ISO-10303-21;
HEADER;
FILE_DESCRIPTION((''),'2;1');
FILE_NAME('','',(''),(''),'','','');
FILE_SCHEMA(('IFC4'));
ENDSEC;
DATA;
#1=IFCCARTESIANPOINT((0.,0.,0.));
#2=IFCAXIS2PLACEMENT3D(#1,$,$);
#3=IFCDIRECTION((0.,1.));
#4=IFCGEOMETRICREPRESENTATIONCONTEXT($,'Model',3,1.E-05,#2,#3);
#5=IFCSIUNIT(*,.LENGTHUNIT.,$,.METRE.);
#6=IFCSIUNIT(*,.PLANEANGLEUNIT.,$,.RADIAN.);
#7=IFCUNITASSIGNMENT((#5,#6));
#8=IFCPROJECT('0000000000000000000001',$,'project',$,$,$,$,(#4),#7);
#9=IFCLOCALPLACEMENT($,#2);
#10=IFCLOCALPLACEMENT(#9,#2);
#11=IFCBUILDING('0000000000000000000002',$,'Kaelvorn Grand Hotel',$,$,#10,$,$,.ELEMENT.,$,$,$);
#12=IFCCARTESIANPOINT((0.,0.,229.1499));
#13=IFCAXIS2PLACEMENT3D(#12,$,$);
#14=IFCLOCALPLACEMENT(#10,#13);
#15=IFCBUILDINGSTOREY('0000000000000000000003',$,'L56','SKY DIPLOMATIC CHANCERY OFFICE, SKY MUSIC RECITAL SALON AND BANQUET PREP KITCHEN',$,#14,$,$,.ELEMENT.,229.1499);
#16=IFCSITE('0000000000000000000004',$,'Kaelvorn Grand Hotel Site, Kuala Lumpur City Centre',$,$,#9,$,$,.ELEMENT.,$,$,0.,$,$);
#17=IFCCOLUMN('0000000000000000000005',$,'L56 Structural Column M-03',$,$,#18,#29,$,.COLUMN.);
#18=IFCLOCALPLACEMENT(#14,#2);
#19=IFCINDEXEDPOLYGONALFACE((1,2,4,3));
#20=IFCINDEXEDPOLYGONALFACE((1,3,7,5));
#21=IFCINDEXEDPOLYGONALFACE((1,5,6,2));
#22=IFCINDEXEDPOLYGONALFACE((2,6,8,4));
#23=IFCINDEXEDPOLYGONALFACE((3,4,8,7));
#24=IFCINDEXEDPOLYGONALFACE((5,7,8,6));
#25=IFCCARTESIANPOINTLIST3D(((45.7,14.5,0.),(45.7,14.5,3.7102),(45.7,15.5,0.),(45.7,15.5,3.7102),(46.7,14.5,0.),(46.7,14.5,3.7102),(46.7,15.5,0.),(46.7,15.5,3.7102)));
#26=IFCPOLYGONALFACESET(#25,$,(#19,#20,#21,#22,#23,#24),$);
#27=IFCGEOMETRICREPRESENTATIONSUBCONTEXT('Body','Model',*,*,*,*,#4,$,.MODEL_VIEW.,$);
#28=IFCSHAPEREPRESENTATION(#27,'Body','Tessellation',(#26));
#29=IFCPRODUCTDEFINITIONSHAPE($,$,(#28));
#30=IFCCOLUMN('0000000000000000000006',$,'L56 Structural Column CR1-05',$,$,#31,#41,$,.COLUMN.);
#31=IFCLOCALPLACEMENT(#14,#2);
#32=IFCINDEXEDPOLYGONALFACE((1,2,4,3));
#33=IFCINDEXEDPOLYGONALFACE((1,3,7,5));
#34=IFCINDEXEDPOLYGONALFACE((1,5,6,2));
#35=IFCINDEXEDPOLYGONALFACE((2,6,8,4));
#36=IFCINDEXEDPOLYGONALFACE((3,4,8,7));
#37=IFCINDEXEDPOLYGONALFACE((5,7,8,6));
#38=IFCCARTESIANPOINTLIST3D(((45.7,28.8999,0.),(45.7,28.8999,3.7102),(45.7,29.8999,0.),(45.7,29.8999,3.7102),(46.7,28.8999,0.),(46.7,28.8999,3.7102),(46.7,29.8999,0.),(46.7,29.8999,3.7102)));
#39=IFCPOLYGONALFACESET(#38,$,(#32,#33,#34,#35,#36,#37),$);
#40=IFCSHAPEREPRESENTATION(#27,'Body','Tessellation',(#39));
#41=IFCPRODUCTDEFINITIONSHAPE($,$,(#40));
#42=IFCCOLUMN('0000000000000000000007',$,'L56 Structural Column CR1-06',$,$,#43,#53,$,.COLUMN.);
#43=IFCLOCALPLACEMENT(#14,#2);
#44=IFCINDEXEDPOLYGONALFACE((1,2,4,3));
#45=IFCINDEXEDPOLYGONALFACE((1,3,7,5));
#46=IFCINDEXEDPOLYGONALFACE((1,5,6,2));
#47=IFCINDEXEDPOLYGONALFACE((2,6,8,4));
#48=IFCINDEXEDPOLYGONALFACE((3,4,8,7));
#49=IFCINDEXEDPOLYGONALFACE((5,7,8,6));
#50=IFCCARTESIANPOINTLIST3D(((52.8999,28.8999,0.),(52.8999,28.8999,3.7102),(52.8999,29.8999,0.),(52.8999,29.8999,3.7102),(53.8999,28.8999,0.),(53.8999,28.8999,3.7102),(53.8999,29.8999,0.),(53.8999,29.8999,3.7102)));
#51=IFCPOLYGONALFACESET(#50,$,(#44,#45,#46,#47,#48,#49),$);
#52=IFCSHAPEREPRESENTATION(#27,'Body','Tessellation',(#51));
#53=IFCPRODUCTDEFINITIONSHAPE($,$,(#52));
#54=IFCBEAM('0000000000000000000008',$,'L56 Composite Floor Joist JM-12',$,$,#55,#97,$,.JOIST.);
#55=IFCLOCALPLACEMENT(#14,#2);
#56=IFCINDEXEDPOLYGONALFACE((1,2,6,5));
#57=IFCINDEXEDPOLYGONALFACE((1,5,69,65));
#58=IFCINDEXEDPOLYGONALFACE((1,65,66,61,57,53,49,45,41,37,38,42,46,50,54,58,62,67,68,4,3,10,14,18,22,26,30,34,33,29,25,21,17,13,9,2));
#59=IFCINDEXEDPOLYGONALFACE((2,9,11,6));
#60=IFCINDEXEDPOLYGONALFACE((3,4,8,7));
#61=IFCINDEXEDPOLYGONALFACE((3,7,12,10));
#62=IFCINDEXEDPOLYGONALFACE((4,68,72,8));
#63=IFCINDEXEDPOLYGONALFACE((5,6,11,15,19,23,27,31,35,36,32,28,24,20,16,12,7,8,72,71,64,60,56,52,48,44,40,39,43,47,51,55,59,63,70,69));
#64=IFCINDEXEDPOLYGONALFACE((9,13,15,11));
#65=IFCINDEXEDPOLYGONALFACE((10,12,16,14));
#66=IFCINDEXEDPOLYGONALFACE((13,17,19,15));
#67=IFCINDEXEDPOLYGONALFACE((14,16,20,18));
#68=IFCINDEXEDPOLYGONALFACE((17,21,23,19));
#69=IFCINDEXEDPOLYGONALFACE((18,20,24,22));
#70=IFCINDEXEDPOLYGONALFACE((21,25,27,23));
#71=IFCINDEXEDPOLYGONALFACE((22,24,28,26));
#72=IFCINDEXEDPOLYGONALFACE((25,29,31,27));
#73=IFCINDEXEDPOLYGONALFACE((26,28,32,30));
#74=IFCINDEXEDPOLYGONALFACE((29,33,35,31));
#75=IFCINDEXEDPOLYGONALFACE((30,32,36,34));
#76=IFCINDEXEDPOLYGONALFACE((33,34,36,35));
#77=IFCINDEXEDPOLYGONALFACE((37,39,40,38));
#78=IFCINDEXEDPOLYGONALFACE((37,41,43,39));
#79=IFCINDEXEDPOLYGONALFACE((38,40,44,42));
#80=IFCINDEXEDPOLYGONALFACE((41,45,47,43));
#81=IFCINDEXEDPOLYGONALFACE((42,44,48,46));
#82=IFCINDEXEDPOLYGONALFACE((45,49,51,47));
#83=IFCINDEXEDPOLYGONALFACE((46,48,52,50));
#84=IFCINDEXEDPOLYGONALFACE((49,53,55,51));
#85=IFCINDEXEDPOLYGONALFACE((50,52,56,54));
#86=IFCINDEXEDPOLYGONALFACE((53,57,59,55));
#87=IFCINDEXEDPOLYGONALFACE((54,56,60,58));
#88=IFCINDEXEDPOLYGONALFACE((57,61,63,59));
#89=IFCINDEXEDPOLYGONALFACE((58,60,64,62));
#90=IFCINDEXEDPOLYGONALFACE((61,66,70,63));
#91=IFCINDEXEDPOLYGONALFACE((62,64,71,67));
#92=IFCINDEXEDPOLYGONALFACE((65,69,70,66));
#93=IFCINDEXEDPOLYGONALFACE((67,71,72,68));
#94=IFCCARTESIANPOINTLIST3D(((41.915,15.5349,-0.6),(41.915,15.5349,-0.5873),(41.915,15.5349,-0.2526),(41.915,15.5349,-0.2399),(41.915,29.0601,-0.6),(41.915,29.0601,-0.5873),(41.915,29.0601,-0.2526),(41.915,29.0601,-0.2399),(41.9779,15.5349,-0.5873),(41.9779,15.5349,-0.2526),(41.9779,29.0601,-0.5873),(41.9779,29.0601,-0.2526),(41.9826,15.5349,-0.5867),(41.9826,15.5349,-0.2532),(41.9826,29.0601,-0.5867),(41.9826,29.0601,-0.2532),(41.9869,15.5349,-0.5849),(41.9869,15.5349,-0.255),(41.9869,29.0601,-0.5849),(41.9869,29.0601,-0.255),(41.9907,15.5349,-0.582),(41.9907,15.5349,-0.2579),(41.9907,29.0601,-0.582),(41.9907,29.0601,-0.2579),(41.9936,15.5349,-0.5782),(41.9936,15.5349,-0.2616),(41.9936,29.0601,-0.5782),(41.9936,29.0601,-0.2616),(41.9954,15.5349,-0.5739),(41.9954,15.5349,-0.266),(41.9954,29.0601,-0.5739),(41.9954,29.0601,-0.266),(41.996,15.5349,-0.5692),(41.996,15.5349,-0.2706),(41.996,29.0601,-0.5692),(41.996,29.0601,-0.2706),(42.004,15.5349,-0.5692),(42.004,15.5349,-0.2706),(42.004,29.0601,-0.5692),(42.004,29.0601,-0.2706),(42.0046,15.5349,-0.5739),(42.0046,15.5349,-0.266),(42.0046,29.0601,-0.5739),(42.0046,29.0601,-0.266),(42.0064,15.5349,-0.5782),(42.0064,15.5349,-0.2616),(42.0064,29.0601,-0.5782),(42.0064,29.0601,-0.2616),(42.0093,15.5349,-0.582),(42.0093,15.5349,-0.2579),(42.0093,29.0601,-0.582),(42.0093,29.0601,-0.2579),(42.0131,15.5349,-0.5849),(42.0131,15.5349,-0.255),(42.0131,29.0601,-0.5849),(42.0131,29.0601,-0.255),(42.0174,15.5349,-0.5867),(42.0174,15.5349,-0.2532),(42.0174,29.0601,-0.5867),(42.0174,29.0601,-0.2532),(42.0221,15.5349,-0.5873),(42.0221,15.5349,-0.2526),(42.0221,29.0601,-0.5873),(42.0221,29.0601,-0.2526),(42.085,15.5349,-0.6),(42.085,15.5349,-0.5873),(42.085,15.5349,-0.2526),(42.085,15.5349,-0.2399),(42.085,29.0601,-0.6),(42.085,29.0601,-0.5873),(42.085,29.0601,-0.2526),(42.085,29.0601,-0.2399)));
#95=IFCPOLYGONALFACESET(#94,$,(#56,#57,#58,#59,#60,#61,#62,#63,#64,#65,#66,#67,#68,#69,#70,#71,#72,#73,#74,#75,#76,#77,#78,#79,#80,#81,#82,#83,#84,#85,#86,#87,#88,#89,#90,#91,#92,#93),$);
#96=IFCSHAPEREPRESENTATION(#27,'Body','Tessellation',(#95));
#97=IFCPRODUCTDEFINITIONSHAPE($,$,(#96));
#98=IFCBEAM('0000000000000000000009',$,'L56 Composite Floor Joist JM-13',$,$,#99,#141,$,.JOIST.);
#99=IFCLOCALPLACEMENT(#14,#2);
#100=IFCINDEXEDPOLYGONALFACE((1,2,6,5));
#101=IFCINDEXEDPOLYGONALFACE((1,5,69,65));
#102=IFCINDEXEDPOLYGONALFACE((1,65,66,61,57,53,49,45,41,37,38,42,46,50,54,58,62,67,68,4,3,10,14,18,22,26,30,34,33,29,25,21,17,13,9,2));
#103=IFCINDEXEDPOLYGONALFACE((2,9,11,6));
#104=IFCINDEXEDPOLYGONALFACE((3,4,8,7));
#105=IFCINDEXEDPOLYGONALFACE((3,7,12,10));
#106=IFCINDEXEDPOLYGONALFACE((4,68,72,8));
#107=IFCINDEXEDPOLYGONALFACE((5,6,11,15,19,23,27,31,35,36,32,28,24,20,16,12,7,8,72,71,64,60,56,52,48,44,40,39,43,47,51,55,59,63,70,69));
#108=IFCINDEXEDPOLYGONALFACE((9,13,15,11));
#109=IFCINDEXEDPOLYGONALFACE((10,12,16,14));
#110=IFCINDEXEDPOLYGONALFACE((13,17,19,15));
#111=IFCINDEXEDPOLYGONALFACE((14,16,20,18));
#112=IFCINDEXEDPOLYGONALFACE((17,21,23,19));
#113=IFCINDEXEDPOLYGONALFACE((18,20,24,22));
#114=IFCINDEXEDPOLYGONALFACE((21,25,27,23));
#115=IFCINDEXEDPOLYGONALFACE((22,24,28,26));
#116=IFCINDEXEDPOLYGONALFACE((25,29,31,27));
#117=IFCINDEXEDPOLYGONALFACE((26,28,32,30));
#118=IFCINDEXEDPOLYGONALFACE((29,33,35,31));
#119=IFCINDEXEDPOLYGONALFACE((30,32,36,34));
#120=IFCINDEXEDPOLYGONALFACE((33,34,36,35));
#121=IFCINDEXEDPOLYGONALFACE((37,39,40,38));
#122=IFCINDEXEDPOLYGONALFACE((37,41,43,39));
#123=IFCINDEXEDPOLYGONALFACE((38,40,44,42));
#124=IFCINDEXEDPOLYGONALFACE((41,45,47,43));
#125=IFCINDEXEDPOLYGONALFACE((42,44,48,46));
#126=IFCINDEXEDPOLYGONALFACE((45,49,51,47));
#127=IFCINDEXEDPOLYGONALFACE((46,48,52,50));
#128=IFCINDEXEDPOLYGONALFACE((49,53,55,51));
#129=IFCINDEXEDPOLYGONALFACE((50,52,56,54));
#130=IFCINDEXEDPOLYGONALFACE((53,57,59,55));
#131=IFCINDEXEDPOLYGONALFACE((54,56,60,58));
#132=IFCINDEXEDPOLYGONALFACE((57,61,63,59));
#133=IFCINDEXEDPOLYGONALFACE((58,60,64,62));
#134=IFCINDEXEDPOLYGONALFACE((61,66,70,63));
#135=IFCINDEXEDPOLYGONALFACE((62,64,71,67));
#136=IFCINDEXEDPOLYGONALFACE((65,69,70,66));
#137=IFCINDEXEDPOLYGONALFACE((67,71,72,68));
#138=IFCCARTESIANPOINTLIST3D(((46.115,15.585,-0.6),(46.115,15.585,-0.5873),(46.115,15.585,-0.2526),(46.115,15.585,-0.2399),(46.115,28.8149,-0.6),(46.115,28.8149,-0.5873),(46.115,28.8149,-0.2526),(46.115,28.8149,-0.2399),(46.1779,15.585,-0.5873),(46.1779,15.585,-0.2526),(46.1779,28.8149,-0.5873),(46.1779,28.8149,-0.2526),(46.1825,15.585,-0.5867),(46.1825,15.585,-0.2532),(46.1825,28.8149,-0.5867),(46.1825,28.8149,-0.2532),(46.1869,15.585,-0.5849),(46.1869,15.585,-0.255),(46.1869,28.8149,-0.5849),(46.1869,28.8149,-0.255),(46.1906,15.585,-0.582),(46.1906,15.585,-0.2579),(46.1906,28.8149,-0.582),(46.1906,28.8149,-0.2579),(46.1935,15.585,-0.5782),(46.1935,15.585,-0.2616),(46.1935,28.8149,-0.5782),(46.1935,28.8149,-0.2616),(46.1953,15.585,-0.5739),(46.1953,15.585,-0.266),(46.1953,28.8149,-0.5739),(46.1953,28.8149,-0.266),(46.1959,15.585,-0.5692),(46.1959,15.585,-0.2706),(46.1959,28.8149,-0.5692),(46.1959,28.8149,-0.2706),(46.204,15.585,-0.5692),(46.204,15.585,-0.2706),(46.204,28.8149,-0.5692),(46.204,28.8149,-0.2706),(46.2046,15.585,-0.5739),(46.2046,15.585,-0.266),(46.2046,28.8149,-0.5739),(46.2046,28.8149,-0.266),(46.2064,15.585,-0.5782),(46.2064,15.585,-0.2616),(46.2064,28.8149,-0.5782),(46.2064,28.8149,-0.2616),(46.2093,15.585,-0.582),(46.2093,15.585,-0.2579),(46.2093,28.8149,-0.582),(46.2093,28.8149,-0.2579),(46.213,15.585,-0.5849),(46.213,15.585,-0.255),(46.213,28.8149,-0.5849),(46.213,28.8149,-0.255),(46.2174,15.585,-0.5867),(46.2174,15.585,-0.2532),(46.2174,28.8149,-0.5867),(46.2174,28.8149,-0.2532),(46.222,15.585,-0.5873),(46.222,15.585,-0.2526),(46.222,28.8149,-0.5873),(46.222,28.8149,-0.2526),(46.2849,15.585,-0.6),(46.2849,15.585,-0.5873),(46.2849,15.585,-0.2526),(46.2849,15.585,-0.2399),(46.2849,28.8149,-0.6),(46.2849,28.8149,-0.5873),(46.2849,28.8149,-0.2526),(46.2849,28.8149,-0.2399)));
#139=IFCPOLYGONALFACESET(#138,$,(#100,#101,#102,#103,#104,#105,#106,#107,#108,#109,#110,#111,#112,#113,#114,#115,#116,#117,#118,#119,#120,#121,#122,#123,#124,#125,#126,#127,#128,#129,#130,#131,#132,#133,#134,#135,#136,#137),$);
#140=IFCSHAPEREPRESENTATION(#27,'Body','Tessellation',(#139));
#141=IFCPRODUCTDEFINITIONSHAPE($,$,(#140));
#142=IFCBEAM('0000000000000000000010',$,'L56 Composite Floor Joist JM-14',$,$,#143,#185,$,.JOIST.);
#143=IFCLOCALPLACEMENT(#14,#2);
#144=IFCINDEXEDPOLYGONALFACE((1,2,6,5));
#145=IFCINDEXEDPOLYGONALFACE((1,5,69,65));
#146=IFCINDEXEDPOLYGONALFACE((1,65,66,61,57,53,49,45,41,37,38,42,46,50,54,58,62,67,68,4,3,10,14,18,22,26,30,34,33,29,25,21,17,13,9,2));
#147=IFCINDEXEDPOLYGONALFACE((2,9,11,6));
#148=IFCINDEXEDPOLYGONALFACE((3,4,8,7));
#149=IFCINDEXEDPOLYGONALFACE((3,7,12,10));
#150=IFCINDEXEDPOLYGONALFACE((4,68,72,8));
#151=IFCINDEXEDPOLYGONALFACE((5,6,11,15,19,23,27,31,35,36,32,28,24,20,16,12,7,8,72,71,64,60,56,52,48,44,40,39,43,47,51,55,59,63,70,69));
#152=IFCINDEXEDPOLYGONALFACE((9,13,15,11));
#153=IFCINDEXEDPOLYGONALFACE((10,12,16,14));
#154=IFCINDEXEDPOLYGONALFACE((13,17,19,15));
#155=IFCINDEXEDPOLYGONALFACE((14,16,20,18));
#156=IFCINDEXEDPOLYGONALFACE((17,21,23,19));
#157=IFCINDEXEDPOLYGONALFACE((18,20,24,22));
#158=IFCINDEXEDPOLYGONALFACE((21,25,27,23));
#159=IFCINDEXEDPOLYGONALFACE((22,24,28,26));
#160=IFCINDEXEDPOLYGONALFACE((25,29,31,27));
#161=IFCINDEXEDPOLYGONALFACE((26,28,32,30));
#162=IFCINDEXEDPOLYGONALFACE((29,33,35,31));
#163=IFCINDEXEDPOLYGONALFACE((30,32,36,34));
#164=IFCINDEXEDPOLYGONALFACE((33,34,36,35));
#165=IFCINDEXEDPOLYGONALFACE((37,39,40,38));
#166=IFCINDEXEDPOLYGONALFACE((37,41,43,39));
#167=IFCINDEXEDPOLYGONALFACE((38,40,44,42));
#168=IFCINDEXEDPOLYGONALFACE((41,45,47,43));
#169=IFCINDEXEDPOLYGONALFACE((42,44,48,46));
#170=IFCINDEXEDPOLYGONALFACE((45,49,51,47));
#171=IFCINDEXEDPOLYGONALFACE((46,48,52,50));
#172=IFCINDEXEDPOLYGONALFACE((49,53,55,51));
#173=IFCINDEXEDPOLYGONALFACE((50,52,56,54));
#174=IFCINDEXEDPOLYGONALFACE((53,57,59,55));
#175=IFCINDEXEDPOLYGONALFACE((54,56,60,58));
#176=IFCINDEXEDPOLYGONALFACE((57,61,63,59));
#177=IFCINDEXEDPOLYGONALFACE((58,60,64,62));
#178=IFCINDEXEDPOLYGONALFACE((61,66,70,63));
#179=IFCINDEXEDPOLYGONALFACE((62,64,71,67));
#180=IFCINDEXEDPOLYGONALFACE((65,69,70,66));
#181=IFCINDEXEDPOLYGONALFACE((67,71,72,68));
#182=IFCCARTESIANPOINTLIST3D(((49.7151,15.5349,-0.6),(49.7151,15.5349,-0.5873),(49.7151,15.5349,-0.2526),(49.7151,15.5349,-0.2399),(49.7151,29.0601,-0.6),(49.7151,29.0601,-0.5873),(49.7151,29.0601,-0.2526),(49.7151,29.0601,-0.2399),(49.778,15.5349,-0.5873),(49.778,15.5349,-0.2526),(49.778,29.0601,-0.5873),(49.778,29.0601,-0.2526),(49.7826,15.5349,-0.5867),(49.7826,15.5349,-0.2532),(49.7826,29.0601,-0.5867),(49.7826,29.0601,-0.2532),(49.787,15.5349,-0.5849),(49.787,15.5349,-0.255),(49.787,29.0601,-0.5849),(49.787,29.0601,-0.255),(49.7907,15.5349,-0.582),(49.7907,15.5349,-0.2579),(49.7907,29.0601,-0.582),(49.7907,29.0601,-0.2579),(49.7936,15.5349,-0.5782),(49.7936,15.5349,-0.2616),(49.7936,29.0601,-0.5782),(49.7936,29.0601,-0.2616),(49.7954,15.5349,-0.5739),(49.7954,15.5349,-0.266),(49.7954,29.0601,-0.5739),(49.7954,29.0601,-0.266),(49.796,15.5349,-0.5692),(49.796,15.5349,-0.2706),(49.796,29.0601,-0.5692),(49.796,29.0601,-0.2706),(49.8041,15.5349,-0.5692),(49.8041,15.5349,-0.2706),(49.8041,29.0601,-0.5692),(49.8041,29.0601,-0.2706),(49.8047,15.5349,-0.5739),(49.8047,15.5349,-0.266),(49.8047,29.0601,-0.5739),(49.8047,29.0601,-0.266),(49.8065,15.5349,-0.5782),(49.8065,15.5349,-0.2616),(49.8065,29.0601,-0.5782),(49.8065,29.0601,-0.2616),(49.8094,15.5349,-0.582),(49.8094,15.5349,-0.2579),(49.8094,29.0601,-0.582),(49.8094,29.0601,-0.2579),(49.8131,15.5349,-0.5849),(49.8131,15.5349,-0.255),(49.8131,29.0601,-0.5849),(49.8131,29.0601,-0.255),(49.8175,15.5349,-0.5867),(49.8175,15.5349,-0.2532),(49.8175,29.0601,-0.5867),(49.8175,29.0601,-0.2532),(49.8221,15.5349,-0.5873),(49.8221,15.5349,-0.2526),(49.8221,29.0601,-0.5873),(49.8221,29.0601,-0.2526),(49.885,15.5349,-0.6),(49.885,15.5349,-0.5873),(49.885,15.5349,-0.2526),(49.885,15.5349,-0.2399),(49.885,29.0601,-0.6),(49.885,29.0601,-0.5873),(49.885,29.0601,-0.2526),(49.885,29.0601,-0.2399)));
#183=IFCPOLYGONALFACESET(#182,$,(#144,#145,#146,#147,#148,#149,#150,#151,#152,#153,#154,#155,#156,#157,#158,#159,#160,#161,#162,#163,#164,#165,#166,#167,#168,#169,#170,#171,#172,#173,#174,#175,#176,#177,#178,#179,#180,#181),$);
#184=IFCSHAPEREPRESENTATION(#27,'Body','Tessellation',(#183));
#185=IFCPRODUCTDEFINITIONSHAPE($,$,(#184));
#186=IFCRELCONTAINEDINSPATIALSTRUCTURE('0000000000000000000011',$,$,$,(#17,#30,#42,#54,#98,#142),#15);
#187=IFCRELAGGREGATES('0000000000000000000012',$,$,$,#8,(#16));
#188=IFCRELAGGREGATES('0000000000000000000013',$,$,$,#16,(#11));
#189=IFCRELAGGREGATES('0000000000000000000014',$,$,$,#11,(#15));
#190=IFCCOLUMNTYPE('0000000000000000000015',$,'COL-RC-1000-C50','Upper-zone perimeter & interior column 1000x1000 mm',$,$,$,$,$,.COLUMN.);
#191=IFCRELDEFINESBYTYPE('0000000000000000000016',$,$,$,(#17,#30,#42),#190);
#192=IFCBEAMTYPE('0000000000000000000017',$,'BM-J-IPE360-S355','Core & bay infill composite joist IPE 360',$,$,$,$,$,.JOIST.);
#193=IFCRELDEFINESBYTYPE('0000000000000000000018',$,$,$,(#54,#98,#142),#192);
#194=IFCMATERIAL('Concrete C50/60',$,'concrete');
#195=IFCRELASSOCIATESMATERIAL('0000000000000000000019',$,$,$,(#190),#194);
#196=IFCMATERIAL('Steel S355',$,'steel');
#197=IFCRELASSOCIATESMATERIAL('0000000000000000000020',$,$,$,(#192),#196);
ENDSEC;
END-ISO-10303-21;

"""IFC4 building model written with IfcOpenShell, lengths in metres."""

from ifc_helpers import new_model, si_unit, direction, frame, origin, origin_2d, place, context, subcontext, project, spatial, rectangle, i_section, extrude, material, material_profile, profile_set, type_object, element, save


model = new_model("IFC4")

# Units and contexts
model_context = context("Model", 3, precision=1e-05, world=origin(), true_north=direction((0.0, 1.0)))
body_context = subcontext(model_context, "Body", "Model", "MODEL_VIEW")
ifc_project = project(units=[si_unit("LENGTHUNIT", "METRE"), si_unit("PLANEANGLEUNIT", "RADIAN")], contexts=[model_context])

# Site, building, storey
site_placement = place(None, origin())
site = spatial("IfcSite", under=ifc_project, at=site_placement, Name="Kaelvorn Grand Hotel Site, Kuala Lumpur City Centre", CompositionType="ELEMENT", RefElevation=0.0)
building_placement = place(site_placement, origin())
building = spatial("IfcBuilding", under=site, at=building_placement, Name="Kaelvorn Grand Hotel", CompositionType="ELEMENT")
storey_placement = place(building_placement, frame((0.0, 0.0, 229.1499)))
storey = spatial("IfcBuildingStorey", under=building, at=storey_placement, Name="L56", Description="SKY DIPLOMATIC CHANCERY OFFICE, SKY MUSIC RECITAL SALON AND BANQUET PREP KITCHEN", CompositionType="ELEMENT", Elevation=229.1499)

# Columns
ifc_material_1 = material(Name="Concrete C50/60", Category="concrete")
ifc_material_profile_1 = material_profile(ifc_material_1, rectangle(XDim=1.0, YDim=1.0, at=origin_2d()), Name="RC COL 1000x1000")
ifc_profile_set_1 = profile_set([ifc_material_profile_1], Name="Concrete C50/60")
column_type = type_object("IfcColumnType", Name="COL-RC-1000-C50", Description="Upper-zone perimeter & interior column 1000x1000 mm", PredefinedType="COLUMN", material=ifc_profile_set_1)
for number, where, z_axis, x_axis, name in (
    (1, (46.2, 15.0, 0.0), (0.0, 0.0, 1.0), (1.0, 0.0, 0.0), "L56 Structural Column M-03"),
    (2, (46.2, 29.3999, 0.0), (0.0, 0.0, 1.0), (1.0, 0.0, 0.0), "L56 Structural Column CR1-05"),
    (3, (53.3999, 29.3999, 0.0), (0.0, 0.0, 1.0), (1.0, 0.0, 0.0), "L56 Structural Column CR1-06"),
):
    element("IfcColumn", number, at=place(storey_placement, frame(where, z_axis=z_axis, x_axis=x_axis)), inside=storey, type_object=column_type, Name=name, PredefinedType="COLUMN", context=body_context, shape_type="SweptSolid", body=[
        extrude(rectangle(XDim=1.0, YDim=1.0, at=origin_2d()), origin(), (0.0, 0.0, 1.0), 3.7102),
    ])

# Beams
ifc_material_2 = material(Name="Steel S355", Category="steel")
ifc_material_profile_2 = material_profile(ifc_material_2, i_section(OverallWidth=0.1699, OverallDepth=0.3601, WebThickness=0.0081, FlangeThickness=0.0127, FilletRadius=0.0181, at=origin_2d()), Name="IPE 360")
ifc_profile_set_2 = profile_set([ifc_material_profile_2], Name="Steel S355")
beam_type_1 = type_object("IfcBeamType", Name="BM-J-IPE360-S355", Description="Core & bay infill composite joist IPE 360", PredefinedType="JOIST", material=ifc_profile_set_2)
beam_1_placement = place(storey_placement, frame((42.0, 15.5349, -0.4199), z_axis=(0.0, 1.0, 0.0), x_axis=(-1.0, 0.0, 0.0)))
element("IfcBeam", 4, at=beam_1_placement, inside=storey, type_object=beam_type_1, Name="L56 Composite Floor Joist JM-12", PredefinedType="JOIST", context=body_context, shape_type="SweptSolid", body=[
    extrude(i_section(OverallWidth=0.1699, OverallDepth=0.3601, WebThickness=0.0081, FlangeThickness=0.0127, FilletRadius=0.0181, at=origin_2d()), origin(), (0.0, 0.0, 1.0), 13.5251),
])
beam_2_placement = place(storey_placement, frame((46.2, 15.585, -0.4199), z_axis=(0.0, 1.0, 0.0), x_axis=(-1.0, 0.0, 0.0)))
element("IfcBeam", 5, at=beam_2_placement, inside=storey, type_object=beam_type_1, Name="L56 Composite Floor Joist JM-13", PredefinedType="JOIST", context=body_context, shape_type="SweptSolid", body=[
    extrude(i_section(OverallWidth=0.1699, OverallDepth=0.3601, WebThickness=0.0081, FlangeThickness=0.0127, FilletRadius=0.0181, at=origin_2d()), origin(), (0.0, 0.0, 1.0), 13.23),
])
beam_3_placement = place(storey_placement, frame((49.8, 15.5349, -0.4199), z_axis=(0.0, 1.0, 0.0), x_axis=(-1.0, 0.0, 0.0)))
element("IfcBeam", 6, at=beam_3_placement, inside=storey, type_object=beam_type_1, Name="L56 Composite Floor Joist JM-14", PredefinedType="JOIST", context=body_context, shape_type="SweptSolid", body=[
    extrude(i_section(OverallWidth=0.1699, OverallDepth=0.3601, WebThickness=0.0081, FlangeThickness=0.0127, FilletRadius=0.0181, at=origin_2d()), origin(), (0.0, 0.0, 1.0), 13.5251),
])

save(model, "model.ifc")
